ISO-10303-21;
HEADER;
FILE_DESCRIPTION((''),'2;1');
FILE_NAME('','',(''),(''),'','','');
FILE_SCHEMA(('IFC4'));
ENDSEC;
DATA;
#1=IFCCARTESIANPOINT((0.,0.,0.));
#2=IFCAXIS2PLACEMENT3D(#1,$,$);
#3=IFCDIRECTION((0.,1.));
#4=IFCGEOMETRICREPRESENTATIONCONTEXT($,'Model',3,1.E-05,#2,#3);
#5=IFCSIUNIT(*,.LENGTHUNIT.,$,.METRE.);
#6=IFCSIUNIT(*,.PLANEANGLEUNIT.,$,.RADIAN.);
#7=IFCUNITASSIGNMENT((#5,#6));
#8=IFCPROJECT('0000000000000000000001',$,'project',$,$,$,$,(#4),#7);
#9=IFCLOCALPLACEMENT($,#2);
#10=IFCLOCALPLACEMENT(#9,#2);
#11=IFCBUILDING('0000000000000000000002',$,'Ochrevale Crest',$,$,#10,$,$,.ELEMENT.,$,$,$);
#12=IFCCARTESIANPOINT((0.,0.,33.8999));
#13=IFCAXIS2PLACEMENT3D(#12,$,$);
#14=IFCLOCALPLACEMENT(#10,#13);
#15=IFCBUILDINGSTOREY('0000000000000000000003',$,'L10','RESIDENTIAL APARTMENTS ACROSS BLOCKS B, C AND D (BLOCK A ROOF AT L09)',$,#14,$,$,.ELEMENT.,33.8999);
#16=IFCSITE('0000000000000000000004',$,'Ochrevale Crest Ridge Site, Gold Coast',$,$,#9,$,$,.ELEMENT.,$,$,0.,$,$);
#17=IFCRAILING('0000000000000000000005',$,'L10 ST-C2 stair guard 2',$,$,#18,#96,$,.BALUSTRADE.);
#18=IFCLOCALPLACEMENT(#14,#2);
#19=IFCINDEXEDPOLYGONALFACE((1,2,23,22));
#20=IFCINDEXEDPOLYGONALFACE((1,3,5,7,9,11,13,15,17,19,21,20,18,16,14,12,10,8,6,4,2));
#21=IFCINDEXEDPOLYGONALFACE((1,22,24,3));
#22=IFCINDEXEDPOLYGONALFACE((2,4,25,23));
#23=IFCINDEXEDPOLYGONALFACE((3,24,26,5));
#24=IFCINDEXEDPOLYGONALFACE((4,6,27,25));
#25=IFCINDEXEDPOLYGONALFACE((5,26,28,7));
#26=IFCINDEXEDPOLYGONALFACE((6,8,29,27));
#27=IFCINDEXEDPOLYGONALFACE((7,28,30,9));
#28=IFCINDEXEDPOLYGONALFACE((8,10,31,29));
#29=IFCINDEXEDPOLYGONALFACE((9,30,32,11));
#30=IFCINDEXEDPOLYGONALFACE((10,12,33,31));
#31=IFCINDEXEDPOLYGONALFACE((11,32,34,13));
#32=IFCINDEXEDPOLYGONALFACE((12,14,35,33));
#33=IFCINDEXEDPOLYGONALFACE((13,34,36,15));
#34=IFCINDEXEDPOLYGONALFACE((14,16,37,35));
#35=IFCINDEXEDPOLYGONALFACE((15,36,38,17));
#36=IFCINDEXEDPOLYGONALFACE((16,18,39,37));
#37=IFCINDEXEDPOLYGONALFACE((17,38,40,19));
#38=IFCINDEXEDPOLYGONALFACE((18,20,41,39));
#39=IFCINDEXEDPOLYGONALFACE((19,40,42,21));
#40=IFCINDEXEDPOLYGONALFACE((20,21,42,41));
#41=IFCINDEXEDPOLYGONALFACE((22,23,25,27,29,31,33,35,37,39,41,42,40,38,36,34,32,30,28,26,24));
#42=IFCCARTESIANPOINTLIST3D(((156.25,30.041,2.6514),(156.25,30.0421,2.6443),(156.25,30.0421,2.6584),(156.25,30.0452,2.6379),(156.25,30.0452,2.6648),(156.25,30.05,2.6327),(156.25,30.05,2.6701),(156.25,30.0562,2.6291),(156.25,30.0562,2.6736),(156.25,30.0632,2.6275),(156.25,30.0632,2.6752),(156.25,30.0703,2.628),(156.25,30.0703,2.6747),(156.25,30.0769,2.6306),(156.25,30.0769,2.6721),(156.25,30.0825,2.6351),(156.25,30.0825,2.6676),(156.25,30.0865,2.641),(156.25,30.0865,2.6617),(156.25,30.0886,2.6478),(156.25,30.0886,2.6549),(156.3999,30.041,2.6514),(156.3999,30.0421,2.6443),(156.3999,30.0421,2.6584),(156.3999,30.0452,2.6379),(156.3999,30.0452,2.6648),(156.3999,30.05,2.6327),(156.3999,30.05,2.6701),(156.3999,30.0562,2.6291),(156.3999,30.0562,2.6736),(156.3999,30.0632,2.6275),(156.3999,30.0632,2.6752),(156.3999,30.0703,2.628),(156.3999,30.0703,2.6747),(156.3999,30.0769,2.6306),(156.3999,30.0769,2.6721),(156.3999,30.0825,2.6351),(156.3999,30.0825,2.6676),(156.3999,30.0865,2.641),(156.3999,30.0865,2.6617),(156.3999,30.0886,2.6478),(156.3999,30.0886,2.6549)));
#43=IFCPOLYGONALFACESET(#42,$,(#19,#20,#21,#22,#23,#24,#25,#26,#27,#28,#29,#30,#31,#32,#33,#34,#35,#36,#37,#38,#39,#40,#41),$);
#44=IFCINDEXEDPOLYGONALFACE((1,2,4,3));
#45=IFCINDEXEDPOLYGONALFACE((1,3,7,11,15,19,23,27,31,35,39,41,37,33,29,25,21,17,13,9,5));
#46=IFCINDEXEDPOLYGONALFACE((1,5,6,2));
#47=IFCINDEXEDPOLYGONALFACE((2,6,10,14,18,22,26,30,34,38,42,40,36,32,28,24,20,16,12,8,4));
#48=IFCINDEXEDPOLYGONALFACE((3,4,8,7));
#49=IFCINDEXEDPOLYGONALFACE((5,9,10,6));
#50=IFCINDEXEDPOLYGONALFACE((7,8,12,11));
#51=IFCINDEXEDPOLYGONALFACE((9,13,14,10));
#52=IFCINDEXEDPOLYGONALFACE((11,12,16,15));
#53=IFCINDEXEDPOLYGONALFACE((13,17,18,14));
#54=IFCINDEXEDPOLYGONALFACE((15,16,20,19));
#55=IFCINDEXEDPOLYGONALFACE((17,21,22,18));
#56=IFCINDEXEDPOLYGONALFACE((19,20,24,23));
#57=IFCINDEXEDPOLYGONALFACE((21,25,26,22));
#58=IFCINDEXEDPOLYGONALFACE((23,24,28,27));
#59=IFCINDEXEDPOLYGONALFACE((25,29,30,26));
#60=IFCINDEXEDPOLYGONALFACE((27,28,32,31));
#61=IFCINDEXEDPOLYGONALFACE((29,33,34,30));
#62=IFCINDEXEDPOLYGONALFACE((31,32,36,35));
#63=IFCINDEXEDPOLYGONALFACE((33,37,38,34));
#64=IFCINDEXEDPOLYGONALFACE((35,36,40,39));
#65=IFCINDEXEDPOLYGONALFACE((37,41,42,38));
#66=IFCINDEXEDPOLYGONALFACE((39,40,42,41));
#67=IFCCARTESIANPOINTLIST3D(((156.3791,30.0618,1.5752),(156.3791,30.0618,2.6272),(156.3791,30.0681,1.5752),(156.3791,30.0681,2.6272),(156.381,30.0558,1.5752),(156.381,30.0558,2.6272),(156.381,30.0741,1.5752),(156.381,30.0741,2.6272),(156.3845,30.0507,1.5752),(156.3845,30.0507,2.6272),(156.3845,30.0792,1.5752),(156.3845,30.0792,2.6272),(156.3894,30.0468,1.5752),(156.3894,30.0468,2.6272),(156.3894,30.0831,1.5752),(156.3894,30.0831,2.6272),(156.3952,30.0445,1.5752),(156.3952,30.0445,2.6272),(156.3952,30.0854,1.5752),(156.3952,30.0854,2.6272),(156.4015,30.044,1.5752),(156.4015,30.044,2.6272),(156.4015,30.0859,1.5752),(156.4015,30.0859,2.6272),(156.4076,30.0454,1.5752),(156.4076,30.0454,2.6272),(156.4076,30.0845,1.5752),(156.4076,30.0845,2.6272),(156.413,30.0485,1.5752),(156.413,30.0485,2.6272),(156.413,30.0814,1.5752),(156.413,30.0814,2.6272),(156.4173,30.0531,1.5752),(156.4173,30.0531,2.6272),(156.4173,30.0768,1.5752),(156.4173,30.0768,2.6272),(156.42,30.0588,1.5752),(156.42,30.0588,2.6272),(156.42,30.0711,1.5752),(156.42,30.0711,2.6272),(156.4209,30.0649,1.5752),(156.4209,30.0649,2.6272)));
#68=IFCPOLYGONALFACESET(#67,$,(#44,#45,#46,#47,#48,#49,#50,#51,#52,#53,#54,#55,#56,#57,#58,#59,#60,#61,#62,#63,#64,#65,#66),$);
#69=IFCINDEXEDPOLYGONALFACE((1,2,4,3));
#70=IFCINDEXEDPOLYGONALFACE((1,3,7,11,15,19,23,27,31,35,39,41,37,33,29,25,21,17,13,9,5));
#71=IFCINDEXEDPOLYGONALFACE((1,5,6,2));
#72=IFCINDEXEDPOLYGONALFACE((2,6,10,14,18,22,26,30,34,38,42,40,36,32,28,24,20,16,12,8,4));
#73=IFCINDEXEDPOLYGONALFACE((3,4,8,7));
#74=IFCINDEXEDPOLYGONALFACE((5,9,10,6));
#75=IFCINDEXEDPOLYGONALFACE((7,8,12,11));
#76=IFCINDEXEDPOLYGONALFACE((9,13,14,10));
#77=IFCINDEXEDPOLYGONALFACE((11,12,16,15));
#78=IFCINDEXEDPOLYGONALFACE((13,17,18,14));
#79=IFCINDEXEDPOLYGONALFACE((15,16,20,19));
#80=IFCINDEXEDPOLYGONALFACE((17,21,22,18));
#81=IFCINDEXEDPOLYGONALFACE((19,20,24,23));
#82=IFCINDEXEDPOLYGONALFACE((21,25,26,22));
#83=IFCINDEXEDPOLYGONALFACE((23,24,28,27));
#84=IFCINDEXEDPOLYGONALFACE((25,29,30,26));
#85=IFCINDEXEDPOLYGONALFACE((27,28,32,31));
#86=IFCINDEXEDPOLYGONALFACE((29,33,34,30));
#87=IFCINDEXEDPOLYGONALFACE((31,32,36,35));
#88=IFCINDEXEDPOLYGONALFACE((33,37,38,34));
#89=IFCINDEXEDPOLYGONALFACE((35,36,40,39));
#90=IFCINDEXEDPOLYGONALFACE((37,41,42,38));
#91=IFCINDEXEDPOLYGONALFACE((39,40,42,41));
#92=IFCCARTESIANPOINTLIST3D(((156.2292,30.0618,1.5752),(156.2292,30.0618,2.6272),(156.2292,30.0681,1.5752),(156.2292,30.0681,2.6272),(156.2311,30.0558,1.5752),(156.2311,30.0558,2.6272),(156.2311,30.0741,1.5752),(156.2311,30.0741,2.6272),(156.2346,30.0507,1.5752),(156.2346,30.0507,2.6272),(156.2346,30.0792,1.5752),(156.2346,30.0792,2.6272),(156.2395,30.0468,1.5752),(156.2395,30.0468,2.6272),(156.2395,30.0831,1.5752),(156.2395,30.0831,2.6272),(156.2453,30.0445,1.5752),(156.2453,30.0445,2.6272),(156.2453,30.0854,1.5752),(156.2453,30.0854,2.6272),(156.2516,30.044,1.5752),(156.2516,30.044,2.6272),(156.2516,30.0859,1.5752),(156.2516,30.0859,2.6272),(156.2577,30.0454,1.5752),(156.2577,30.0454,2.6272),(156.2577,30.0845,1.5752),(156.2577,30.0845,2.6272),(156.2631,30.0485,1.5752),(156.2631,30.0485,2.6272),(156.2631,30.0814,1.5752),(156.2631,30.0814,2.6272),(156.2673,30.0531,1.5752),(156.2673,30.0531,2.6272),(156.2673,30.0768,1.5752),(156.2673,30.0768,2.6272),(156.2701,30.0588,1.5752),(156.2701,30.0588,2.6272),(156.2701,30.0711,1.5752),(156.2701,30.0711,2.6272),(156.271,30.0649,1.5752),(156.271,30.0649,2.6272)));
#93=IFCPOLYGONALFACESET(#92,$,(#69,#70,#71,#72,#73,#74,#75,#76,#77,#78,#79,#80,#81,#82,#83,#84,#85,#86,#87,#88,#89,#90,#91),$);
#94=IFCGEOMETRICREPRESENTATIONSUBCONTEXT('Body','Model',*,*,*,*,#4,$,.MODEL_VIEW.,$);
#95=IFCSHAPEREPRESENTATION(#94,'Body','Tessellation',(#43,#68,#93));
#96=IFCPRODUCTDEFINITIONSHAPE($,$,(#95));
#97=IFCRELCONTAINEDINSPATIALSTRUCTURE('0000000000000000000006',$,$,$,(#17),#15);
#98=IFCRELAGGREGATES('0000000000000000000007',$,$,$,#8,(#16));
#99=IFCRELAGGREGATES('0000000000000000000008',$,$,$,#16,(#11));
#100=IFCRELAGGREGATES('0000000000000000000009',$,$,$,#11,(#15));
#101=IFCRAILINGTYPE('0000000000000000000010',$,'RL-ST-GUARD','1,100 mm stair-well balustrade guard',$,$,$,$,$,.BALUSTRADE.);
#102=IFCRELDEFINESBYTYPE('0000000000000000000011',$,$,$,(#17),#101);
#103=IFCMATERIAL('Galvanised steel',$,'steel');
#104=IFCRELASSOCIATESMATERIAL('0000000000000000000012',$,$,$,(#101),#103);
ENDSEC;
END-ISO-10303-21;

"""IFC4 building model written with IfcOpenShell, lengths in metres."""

from ifc_helpers import new_model, si_unit, direction, frame, origin, origin_2d, place, context, subcontext, project, spatial, circle, extrude, material, type_object, element, save


model = new_model("IFC4")

# Units and contexts
model_context = context("Model", 3, precision=1e-05, world=origin(), true_north=direction((0.0, 1.0)))
body_context = subcontext(model_context, "Body", "Model", "MODEL_VIEW")
ifc_project = project(units=[si_unit("LENGTHUNIT", "METRE"), si_unit("PLANEANGLEUNIT", "RADIAN")], contexts=[model_context])

# Site, building, storey
site_placement = place(None, origin())
site = spatial("IfcSite", under=ifc_project, at=site_placement, Name="Ochrevale Crest Ridge Site, Gold Coast", CompositionType="ELEMENT", RefElevation=0.0)
building_placement = place(site_placement, origin())
building = spatial("IfcBuilding", under=site, at=building_placement, Name="Ochrevale Crest", CompositionType="ELEMENT")
storey_placement = place(building_placement, frame((0.0, 0.0, 33.8999)))
storey = spatial("IfcBuildingStorey", under=building, at=storey_placement, Name="L10", Description="RESIDENTIAL APARTMENTS ACROSS BLOCKS B, C AND D (BLOCK A ROOF AT L09)", CompositionType="ELEMENT", Elevation=33.8999)

# Railing
ifc_material_1 = material(Name="Galvanised steel", Category="steel")
railing_type_1 = type_object("IfcRailingType", Name="RL-ST-GUARD", Description="1,100 mm stair-well balustrade guard", PredefinedType="BALUSTRADE", material=ifc_material_1)
railing_1_placement = place(storey_placement, frame((156.3999, 30.0649, 1.5752)))
element("IfcRailing", 1, at=railing_1_placement, inside=storey, type_object=railing_type_1, Name="L10 ST-C2 stair guard 2", PredefinedType="BALUSTRADE", context=body_context, shape_type="SweptSolid", body=[
    extrude(circle(Radius=0.0239, at=origin_2d()), frame((0.0, 0.0, 1.0762), z_axis=(-1.0, 0.0, 0.0), x_axis=(0.0, -1.0, 0.0)), (0.0, 0.0, 1.0), 0.1499),
    extrude(circle(Radius=0.021, at=origin_2d()), origin(), (0.0, 0.0, 1.0), 1.052),
    extrude(circle(Radius=0.021, at=origin_2d()), frame((-0.1499, 0.0, 0.0)), (0.0, 0.0, 1.0), 1.052),
])

save(model, "model.ifc")
